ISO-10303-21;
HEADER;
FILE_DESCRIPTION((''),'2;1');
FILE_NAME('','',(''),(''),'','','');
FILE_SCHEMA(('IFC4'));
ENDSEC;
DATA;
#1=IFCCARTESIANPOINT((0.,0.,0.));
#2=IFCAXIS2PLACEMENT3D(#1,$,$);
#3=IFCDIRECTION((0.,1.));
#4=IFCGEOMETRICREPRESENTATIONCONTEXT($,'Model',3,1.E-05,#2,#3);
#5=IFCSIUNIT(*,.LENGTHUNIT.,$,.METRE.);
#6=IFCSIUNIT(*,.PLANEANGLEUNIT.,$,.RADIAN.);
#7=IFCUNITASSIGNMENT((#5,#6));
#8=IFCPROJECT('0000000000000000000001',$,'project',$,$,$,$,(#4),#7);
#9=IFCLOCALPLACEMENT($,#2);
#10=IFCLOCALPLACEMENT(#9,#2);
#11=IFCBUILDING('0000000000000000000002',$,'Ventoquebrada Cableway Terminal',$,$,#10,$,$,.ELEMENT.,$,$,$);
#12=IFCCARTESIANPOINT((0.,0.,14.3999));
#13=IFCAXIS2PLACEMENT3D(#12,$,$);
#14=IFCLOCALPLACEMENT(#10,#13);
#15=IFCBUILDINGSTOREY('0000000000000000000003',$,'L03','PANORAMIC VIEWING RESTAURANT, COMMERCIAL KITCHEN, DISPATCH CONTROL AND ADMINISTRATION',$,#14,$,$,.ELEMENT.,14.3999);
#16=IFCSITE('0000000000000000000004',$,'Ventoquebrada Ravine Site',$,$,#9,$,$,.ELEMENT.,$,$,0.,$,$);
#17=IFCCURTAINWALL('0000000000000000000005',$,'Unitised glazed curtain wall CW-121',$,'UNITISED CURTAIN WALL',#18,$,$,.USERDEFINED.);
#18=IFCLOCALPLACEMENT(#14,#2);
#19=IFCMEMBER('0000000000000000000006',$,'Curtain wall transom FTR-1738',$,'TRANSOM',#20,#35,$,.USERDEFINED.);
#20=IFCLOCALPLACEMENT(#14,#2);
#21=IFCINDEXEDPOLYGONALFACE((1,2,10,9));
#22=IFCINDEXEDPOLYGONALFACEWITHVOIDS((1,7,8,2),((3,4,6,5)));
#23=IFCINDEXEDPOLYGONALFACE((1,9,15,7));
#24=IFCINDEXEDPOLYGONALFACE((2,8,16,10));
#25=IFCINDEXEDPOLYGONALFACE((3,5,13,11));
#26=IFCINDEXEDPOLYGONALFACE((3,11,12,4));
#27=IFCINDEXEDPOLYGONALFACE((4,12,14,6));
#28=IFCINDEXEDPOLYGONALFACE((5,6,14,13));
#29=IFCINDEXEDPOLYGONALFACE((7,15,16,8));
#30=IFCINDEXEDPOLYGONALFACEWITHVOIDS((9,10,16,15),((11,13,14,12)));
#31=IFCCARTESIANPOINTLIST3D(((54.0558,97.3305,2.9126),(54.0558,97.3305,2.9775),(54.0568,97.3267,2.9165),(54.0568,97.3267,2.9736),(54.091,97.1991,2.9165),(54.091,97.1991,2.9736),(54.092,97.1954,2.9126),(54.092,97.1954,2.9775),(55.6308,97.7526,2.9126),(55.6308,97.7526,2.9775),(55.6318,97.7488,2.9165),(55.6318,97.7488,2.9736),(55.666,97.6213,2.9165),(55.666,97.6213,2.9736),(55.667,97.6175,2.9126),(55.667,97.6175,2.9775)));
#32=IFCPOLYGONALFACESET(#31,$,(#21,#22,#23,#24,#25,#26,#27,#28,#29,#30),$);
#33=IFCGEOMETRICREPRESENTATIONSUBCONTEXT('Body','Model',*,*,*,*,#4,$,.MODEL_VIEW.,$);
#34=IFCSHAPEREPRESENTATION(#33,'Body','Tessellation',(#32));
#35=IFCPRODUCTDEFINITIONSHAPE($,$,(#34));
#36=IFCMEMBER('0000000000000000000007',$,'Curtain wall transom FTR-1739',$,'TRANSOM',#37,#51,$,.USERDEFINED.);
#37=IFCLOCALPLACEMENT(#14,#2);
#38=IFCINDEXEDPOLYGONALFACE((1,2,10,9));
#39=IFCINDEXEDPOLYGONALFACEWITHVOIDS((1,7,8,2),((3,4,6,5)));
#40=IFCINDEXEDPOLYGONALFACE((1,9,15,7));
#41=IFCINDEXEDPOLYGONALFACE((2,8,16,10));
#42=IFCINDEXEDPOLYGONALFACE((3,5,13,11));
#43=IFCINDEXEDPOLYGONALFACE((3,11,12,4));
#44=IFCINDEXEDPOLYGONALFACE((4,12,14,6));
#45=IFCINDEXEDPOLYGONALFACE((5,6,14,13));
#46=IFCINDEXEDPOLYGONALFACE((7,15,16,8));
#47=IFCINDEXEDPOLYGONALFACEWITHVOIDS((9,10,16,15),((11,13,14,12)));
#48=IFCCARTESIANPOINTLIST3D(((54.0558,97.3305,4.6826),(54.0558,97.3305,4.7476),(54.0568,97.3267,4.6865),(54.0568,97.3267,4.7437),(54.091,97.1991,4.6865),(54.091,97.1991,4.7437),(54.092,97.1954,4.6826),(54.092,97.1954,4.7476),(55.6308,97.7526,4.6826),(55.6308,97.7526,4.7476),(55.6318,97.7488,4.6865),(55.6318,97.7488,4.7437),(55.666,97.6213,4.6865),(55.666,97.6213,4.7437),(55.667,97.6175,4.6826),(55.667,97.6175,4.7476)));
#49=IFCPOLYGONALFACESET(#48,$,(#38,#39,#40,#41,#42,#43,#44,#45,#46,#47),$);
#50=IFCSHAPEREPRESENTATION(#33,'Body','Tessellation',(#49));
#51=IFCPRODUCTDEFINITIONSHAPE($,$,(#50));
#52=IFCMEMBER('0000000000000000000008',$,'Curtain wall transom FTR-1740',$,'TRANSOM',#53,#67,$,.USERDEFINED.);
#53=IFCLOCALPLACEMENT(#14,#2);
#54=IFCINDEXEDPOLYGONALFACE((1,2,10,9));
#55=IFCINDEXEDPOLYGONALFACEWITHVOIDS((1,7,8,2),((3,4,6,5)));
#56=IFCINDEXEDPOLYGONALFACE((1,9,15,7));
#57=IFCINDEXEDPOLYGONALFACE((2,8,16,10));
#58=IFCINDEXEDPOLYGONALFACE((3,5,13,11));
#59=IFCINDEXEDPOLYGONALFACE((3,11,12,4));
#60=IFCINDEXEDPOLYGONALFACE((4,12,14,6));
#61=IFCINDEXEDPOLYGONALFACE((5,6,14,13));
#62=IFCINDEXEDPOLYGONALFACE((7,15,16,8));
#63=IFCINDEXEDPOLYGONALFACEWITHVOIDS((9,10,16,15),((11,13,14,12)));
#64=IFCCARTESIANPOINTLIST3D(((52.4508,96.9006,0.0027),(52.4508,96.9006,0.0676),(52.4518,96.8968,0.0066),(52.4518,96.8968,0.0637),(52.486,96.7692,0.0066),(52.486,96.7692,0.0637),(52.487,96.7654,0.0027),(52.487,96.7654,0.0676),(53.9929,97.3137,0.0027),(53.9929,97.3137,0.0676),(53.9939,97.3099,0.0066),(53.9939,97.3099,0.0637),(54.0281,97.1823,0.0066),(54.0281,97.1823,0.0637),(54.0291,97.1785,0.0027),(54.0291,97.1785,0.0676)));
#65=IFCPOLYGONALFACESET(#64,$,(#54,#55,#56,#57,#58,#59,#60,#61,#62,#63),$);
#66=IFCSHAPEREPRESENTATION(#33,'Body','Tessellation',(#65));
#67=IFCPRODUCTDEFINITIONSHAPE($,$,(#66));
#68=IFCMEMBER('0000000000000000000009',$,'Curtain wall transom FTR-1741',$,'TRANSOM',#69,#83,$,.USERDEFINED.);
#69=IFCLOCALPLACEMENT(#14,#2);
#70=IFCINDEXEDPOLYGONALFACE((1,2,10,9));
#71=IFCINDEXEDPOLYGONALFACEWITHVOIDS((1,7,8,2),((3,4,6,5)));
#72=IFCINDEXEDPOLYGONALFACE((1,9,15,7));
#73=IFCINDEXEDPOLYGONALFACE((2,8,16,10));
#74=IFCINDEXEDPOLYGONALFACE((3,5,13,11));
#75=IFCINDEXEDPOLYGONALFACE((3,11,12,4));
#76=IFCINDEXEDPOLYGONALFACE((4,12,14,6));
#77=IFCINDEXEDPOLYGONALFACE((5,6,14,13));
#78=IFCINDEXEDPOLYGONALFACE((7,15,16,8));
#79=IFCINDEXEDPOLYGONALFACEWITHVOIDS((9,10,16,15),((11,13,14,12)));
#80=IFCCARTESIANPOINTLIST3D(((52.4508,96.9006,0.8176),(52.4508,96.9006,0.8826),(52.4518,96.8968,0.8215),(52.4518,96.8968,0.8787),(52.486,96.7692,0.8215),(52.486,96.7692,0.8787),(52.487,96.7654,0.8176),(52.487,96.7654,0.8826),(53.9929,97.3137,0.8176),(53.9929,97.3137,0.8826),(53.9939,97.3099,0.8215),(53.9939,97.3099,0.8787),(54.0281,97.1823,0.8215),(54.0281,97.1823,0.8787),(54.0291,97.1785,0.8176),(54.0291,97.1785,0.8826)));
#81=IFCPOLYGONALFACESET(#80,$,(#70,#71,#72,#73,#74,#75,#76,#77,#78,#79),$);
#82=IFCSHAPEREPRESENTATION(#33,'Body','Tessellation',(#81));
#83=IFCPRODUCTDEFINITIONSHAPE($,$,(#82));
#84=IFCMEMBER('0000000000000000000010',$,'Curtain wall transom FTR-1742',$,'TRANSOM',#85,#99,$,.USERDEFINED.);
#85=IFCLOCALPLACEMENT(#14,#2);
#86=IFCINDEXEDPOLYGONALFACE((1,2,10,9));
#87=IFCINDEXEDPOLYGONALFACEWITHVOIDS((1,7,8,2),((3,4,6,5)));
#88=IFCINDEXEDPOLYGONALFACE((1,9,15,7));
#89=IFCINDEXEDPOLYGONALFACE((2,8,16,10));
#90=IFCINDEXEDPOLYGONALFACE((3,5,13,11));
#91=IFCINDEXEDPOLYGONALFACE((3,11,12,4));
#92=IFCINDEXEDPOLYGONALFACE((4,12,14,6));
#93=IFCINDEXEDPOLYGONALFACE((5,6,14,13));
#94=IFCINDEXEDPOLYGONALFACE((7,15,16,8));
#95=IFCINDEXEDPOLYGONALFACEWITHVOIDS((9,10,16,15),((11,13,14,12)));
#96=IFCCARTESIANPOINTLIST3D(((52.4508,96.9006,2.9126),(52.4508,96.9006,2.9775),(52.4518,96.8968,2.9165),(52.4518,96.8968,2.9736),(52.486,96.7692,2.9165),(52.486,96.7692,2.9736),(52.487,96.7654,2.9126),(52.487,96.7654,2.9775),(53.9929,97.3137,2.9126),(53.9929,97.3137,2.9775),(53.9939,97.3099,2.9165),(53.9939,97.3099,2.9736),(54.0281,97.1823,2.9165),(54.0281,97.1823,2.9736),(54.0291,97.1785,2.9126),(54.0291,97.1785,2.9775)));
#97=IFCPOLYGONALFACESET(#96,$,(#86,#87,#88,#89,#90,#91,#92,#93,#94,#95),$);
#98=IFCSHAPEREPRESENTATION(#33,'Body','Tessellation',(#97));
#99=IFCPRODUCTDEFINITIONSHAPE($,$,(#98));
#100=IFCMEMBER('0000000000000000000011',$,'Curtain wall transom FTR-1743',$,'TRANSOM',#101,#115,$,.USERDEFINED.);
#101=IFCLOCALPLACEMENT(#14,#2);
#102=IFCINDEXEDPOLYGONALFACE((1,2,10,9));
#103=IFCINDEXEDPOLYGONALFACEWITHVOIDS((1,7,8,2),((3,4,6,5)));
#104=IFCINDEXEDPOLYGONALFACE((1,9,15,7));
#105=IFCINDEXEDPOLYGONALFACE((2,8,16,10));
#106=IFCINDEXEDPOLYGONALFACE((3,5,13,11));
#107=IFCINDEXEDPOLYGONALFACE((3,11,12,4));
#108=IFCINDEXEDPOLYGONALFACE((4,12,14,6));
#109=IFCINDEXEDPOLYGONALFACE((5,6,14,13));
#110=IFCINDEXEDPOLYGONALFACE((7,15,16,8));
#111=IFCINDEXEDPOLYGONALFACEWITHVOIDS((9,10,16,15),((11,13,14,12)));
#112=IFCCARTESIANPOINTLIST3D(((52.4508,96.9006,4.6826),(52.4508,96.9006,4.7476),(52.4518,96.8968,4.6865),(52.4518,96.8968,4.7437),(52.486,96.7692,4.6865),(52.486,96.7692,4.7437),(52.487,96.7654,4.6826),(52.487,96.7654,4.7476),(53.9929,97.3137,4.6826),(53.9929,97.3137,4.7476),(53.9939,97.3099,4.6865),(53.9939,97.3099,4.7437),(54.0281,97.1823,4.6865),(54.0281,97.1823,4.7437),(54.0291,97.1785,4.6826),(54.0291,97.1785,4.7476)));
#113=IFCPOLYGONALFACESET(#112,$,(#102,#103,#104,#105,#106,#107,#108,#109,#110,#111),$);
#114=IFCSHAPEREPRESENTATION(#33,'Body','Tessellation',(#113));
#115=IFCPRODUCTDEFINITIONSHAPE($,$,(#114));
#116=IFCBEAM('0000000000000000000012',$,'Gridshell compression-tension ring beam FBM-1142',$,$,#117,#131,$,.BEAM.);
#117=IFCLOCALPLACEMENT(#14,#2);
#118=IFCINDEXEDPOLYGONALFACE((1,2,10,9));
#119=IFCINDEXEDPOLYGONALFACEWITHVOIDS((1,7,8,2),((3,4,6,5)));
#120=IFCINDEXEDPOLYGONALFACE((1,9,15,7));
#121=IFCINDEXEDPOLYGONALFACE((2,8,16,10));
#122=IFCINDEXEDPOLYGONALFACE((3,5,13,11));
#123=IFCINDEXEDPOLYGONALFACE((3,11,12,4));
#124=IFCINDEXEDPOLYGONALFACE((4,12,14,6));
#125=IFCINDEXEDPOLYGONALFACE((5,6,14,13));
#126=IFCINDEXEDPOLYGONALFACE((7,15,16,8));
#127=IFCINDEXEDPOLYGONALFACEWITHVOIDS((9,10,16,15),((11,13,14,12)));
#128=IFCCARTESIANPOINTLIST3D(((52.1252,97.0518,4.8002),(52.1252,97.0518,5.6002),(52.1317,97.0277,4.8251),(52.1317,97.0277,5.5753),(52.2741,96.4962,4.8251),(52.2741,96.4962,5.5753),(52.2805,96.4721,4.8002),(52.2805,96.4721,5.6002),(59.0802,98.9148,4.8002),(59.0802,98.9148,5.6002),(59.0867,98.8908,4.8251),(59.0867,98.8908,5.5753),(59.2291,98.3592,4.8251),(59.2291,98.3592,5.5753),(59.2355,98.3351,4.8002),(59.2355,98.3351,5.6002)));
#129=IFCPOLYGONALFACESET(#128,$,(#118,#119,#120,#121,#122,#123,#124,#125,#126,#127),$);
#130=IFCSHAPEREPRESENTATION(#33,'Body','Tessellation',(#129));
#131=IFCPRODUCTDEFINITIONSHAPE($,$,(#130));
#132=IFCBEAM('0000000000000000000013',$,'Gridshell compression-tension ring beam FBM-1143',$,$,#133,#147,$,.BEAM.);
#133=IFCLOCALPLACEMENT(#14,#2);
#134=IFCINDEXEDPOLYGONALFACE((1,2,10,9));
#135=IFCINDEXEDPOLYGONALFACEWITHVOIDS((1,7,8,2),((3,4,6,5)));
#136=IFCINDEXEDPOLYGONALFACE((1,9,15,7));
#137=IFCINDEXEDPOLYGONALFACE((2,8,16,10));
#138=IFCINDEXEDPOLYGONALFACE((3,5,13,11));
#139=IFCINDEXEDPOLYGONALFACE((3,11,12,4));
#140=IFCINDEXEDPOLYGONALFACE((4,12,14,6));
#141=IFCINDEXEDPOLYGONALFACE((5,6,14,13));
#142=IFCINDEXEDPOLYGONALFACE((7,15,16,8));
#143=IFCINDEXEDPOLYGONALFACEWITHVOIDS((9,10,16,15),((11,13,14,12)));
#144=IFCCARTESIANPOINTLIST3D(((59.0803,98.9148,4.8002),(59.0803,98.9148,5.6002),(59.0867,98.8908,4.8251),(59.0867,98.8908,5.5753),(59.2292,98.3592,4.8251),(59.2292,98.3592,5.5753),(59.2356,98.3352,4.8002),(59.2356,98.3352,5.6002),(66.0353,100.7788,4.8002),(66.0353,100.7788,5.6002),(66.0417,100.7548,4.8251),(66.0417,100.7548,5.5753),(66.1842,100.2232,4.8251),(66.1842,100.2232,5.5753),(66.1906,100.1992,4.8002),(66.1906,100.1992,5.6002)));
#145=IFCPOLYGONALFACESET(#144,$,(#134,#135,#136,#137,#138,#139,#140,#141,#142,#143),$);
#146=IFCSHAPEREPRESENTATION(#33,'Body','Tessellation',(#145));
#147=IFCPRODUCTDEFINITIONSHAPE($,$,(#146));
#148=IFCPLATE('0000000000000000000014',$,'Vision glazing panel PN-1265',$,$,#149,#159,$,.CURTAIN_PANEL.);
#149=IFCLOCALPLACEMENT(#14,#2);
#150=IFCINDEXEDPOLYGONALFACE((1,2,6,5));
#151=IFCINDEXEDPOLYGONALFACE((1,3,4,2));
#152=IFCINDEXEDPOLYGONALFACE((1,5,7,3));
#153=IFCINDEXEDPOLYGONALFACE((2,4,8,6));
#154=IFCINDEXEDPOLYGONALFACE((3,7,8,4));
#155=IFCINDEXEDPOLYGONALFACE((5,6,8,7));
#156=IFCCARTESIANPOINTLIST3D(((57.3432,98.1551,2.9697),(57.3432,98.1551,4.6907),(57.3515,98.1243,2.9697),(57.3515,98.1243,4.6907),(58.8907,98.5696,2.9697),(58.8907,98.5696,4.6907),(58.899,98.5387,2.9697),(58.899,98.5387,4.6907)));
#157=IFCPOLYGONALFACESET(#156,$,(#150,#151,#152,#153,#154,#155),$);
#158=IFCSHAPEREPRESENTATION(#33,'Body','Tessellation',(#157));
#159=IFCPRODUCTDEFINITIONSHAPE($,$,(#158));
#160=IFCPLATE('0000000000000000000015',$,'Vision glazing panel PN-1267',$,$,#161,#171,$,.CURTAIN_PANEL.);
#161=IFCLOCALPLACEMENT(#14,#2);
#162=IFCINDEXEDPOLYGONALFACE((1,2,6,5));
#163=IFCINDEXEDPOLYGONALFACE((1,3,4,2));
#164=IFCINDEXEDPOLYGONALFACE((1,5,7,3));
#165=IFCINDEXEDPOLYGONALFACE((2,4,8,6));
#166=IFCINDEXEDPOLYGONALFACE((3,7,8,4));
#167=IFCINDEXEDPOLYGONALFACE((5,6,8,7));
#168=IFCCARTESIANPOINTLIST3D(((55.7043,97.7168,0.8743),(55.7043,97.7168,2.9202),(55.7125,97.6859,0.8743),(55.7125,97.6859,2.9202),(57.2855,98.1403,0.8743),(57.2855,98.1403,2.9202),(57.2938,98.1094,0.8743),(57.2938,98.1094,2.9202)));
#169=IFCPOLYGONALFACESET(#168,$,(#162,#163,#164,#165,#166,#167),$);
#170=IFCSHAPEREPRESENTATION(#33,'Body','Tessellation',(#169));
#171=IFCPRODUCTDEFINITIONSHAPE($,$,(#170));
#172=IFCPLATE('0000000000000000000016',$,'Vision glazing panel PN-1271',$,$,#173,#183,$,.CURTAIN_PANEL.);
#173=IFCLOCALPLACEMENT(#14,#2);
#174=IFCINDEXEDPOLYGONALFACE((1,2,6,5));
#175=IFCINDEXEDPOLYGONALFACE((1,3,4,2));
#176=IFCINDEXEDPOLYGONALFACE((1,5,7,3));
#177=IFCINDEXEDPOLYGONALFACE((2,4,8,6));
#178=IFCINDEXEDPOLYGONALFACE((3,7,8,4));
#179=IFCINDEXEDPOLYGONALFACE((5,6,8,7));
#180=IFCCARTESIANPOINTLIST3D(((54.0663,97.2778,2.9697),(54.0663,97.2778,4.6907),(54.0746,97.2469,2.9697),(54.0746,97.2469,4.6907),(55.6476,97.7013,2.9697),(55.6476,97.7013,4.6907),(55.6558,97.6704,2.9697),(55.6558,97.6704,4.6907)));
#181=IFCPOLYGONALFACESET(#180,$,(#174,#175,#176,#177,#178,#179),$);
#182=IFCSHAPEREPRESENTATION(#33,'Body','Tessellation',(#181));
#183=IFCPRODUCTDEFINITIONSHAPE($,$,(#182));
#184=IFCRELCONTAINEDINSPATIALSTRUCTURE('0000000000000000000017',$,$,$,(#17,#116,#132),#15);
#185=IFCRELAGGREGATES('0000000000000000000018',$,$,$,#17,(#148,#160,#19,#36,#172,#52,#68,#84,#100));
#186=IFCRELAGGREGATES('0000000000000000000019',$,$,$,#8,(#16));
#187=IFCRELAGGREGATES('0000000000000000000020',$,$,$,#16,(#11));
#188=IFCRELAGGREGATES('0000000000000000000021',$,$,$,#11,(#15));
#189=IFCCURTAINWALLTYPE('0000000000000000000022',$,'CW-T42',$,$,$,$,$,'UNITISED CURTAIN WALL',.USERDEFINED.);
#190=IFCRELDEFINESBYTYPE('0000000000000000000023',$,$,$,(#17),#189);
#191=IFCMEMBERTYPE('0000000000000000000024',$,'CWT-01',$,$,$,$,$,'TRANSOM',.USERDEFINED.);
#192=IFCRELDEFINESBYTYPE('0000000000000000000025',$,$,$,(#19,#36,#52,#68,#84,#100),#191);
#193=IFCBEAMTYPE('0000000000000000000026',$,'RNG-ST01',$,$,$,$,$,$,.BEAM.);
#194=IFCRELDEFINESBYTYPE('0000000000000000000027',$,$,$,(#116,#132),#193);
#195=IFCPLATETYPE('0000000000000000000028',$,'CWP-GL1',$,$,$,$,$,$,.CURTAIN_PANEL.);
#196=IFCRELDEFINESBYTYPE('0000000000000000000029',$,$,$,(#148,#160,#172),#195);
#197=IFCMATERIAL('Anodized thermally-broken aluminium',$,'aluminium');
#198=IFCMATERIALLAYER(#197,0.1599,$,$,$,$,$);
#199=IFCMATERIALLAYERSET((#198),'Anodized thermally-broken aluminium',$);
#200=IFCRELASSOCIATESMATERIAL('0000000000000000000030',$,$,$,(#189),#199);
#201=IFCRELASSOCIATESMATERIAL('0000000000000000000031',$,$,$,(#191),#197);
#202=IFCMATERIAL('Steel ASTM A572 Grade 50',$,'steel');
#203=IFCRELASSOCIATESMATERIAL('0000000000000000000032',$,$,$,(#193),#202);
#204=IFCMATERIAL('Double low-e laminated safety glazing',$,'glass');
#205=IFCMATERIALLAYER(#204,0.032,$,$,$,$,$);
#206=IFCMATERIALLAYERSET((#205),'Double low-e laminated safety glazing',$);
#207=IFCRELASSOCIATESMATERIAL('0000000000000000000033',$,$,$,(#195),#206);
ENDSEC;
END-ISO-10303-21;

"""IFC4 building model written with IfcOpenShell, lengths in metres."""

from ifc_helpers import new_model, si_unit, direction, frame, origin, origin_2d, place, context, subcontext, project, spatial, rectangle, hollow_rectangle, extrude, material, layer, layer_set, material_profile, profile_set, type_object, element, aggregate, save


model = new_model("IFC4")

# Units and contexts
model_context = context("Model", 3, precision=1e-05, world=origin(), true_north=direction((0.0, 1.0)))
body_context = subcontext(model_context, "Body", "Model", "MODEL_VIEW")
ifc_project = project(units=[si_unit("LENGTHUNIT", "METRE"), si_unit("PLANEANGLEUNIT", "RADIAN")], contexts=[model_context])

# Site, building, storey
site_placement = place(None, origin())
site = spatial("IfcSite", under=ifc_project, at=site_placement, Name="Ventoquebrada Ravine Site", CompositionType="ELEMENT", RefElevation=0.0)
building_placement = place(site_placement, origin())
building = spatial("IfcBuilding", under=site, at=building_placement, Name="Ventoquebrada Cableway Terminal", CompositionType="ELEMENT")
storey_placement = place(building_placement, frame((0.0, 0.0, 14.3999)))
storey = spatial("IfcBuildingStorey", under=building, at=storey_placement, Name="L03", Description="PANORAMIC VIEWING RESTAURANT, COMMERCIAL KITCHEN, DISPATCH CONTROL AND ADMINISTRATION", CompositionType="ELEMENT", Elevation=14.3999)

# Curtain wall
ifc_material_1 = material(Name="Anodized thermally-broken aluminium", Category="aluminium")
ifc_layer_1 = layer(ifc_material_1, 0.1599)
ifc_layer_set_1 = layer_set([ifc_layer_1], Name="Anodized thermally-broken aluminium")
curtain_wall_type = type_object("IfcCurtainWallType", Name="CW-T42", ElementType="UNITISED CURTAIN WALL", PredefinedType="USERDEFINED", material=ifc_layer_set_1)
curtain_wall_1_placement = place(storey_placement, origin())
curtain_wall_1 = element("IfcCurtainWall", 1, at=curtain_wall_1_placement, inside=storey, type_object=curtain_wall_type, Name="Unitised glazed curtain wall CW-121", ObjectType="UNITISED CURTAIN WALL", PredefinedType="USERDEFINED")

# Members
ifc_material_profile_1 = material_profile(ifc_material_1, hollow_rectangle(XDim=0.0649, YDim=0.1399, WallThickness=0.0039, at=origin_2d()), Name="CW-TRN-65X140")
ifc_profile_set_1 = profile_set([ifc_material_profile_1], Name="Anodized thermally-broken aluminium")
member_type_1 = type_object("IfcMemberType", Name="CWT-01", ElementType="TRANSOM", PredefinedType="USERDEFINED", material=ifc_profile_set_1)
member_1_placement = place(storey_placement, frame((55.6489, 97.6851, 2.9451), z_axis=(-0.965909, -0.258883, 0.0), x_axis=(0.0, 0.0, 1.0)))
member_1 = element("IfcMember", 2, at=member_1_placement, type_object=member_type_1, Name="Curtain wall transom FTR-1738", ObjectType="TRANSOM", PredefinedType="USERDEFINED", context=body_context, shape_type="SweptSolid", body=[
    extrude(hollow_rectangle(XDim=0.0649, YDim=0.1399, WallThickness=0.0039, at=origin_2d()), origin(), (0.0, 0.0, 1.0), 1.6306),
])
member_2_placement = place(storey_placement, frame((55.6489, 97.6851, 4.7151), z_axis=(-0.965909, -0.258883, 0.0), x_axis=(0.0, 0.0, 1.0)))
member_2 = element("IfcMember", 3, at=member_2_placement, type_object=member_type_1, Name="Curtain wall transom FTR-1739", ObjectType="TRANSOM", PredefinedType="USERDEFINED", context=body_context, shape_type="SweptSolid", body=[
    extrude(hollow_rectangle(XDim=0.0649, YDim=0.1399, WallThickness=0.0039, at=origin_2d()), origin(), (0.0, 0.0, 1.0), 1.6306),
])
member_3_placement = place(storey_placement, frame((54.011, 97.2461, 0.0352), z_axis=(-0.96594, -0.258767, 0.0), x_axis=(0.0, 0.0, 1.0)))
member_3 = element("IfcMember", 4, at=member_3_placement, type_object=member_type_1, Name="Curtain wall transom FTR-1740", ObjectType="TRANSOM", PredefinedType="USERDEFINED", context=body_context, shape_type="SweptSolid", body=[
    extrude(hollow_rectangle(XDim=0.0649, YDim=0.1399, WallThickness=0.0039, at=origin_2d()), origin(), (0.0, 0.0, 1.0), 1.5964),
])
member_4_placement = place(storey_placement, frame((54.011, 97.2461, 0.8501), z_axis=(-0.96594, -0.258767, 0.0), x_axis=(0.0, 0.0, 1.0)))
member_4 = element("IfcMember", 5, at=member_4_placement, type_object=member_type_1, Name="Curtain wall transom FTR-1741", ObjectType="TRANSOM", PredefinedType="USERDEFINED", context=body_context, shape_type="SweptSolid", body=[
    extrude(hollow_rectangle(XDim=0.0649, YDim=0.1399, WallThickness=0.0039, at=origin_2d()), origin(), (0.0, 0.0, 1.0), 1.5964),
])
member_5_placement = place(storey_placement, frame((54.011, 97.2461, 2.9451), z_axis=(-0.96594, -0.258767, 0.0), x_axis=(0.0, 0.0, 1.0)))
member_5 = element("IfcMember", 6, at=member_5_placement, type_object=member_type_1, Name="Curtain wall transom FTR-1742", ObjectType="TRANSOM", PredefinedType="USERDEFINED", context=body_context, shape_type="SweptSolid", body=[
    extrude(hollow_rectangle(XDim=0.0649, YDim=0.1399, WallThickness=0.0039, at=origin_2d()), origin(), (0.0, 0.0, 1.0), 1.5964),
])
member_6_placement = place(storey_placement, frame((54.011, 97.2461, 4.7151), z_axis=(-0.96594, -0.258767, 0.0), x_axis=(0.0, 0.0, 1.0)))
member_6 = element("IfcMember", 7, at=member_6_placement, type_object=member_type_1, Name="Curtain wall transom FTR-1743", ObjectType="TRANSOM", PredefinedType="USERDEFINED", context=body_context, shape_type="SweptSolid", body=[
    extrude(hollow_rectangle(XDim=0.0649, YDim=0.1399, WallThickness=0.0039, at=origin_2d()), origin(), (0.0, 0.0, 1.0), 1.5964),
])

# Beams
ifc_material_2 = material(Name="Steel ASTM A572 Grade 50", Category="steel")
ifc_material_profile_2 = material_profile(ifc_material_2, hollow_rectangle(XDim=0.6001, YDim=0.8, WallThickness=0.0249, at=origin_2d()), Name="BOX600X800X25")
ifc_profile_set_2 = profile_set([ifc_material_profile_2], Name="Steel ASTM A572 Grade 50")
beam_type = type_object("IfcBeamType", Name="RNG-ST01", PredefinedType="BEAM", material=ifc_profile_set_2)
beam_1_placement = place(storey_placement, frame((52.2029, 96.762, 5.2002), z_axis=(0.965946, 0.258745, 0.0), x_axis=(-0.258745, 0.965946, 0.0)))
element("IfcBeam", 8, at=beam_1_placement, inside=storey, type_object=beam_type, Name="Gridshell compression-tension ring beam FBM-1142", PredefinedType="BEAM", context=body_context, shape_type="SweptSolid", body=[
    extrude(hollow_rectangle(XDim=0.6001, YDim=0.8, WallThickness=0.0249, at=origin_2d()), origin(), (0.0, 0.0, 1.0), 7.2002),
])
beam_2_placement = place(storey_placement, frame((59.158, 98.625, 5.2002), z_axis=(0.965912, 0.258872, 0.0), x_axis=(-0.258872, 0.965912, 0.0)))
element("IfcBeam", 9, at=beam_2_placement, inside=storey, type_object=beam_type, Name="Gridshell compression-tension ring beam FBM-1143", PredefinedType="BEAM", context=body_context, shape_type="SweptSolid", body=[
    extrude(hollow_rectangle(XDim=0.6001, YDim=0.8, WallThickness=0.0249, at=origin_2d()), origin(), (0.0, 0.0, 1.0), 7.2004),
])

# Plates
ifc_material_3 = material(Name="Double low-e laminated safety glazing", Category="glass")
ifc_layer_2 = layer(ifc_material_3, 0.032)
ifc_layer_set_2 = layer_set([ifc_layer_2], Name="Double low-e laminated safety glazing")
plate_type_1 = type_object("IfcPlateType", Name="CWP-GL1", PredefinedType="CURTAIN_PANEL", material=ifc_layer_set_2)
plate_1_placement = place(storey_placement, frame((58.1211, 98.3469, 2.9697), z_axis=(0.0, 0.0, 1.0), x_axis=(-0.965957, -0.258701, 0.0)))
plate_1 = element("IfcPlate", 10, at=plate_1_placement, type_object=plate_type_1, Name="Vision glazing panel PN-1265", PredefinedType="CURTAIN_PANEL", context=body_context, shape_type="SweptSolid", body=[
    extrude(rectangle(XDim=1.6021, YDim=0.032, at=origin_2d()), origin(), (0.0, 0.0, 1.0), 1.7209),
])
plate_2_placement = place(storey_placement, frame((56.499, 97.9131, 0.8743), z_axis=(0.0, 0.0, 1.0), x_axis=(-0.965957, -0.258701, 0.0)))
plate_2 = element("IfcPlate", 11, at=plate_2_placement, type_object=plate_type_1, Name="Vision glazing panel PN-1267", PredefinedType="CURTAIN_PANEL", context=body_context, shape_type="SweptSolid", body=[
    extrude(rectangle(XDim=1.637, YDim=0.032, at=origin_2d()), origin(), (0.0, 0.0, 1.0), 2.0459),
])
plate_3_placement = place(storey_placement, frame((54.8611, 97.4741, 2.9697), z_axis=(0.0, 0.0, 1.0), x_axis=(-0.965957, -0.258701, 0.0)))
plate_3 = element("IfcPlate", 12, at=plate_3_placement, type_object=plate_type_1, Name="Vision glazing panel PN-1271", PredefinedType="CURTAIN_PANEL", context=body_context, shape_type="SweptSolid", body=[
    extrude(rectangle(XDim=1.637, YDim=0.032, at=origin_2d()), origin(), (0.0, 0.0, 1.0), 1.7209),
])
aggregate(curtain_wall_1, [plate_1, plate_2, member_1, member_2, plate_3, member_3, member_4, member_5, member_6])

save(model, "model.ifc")
